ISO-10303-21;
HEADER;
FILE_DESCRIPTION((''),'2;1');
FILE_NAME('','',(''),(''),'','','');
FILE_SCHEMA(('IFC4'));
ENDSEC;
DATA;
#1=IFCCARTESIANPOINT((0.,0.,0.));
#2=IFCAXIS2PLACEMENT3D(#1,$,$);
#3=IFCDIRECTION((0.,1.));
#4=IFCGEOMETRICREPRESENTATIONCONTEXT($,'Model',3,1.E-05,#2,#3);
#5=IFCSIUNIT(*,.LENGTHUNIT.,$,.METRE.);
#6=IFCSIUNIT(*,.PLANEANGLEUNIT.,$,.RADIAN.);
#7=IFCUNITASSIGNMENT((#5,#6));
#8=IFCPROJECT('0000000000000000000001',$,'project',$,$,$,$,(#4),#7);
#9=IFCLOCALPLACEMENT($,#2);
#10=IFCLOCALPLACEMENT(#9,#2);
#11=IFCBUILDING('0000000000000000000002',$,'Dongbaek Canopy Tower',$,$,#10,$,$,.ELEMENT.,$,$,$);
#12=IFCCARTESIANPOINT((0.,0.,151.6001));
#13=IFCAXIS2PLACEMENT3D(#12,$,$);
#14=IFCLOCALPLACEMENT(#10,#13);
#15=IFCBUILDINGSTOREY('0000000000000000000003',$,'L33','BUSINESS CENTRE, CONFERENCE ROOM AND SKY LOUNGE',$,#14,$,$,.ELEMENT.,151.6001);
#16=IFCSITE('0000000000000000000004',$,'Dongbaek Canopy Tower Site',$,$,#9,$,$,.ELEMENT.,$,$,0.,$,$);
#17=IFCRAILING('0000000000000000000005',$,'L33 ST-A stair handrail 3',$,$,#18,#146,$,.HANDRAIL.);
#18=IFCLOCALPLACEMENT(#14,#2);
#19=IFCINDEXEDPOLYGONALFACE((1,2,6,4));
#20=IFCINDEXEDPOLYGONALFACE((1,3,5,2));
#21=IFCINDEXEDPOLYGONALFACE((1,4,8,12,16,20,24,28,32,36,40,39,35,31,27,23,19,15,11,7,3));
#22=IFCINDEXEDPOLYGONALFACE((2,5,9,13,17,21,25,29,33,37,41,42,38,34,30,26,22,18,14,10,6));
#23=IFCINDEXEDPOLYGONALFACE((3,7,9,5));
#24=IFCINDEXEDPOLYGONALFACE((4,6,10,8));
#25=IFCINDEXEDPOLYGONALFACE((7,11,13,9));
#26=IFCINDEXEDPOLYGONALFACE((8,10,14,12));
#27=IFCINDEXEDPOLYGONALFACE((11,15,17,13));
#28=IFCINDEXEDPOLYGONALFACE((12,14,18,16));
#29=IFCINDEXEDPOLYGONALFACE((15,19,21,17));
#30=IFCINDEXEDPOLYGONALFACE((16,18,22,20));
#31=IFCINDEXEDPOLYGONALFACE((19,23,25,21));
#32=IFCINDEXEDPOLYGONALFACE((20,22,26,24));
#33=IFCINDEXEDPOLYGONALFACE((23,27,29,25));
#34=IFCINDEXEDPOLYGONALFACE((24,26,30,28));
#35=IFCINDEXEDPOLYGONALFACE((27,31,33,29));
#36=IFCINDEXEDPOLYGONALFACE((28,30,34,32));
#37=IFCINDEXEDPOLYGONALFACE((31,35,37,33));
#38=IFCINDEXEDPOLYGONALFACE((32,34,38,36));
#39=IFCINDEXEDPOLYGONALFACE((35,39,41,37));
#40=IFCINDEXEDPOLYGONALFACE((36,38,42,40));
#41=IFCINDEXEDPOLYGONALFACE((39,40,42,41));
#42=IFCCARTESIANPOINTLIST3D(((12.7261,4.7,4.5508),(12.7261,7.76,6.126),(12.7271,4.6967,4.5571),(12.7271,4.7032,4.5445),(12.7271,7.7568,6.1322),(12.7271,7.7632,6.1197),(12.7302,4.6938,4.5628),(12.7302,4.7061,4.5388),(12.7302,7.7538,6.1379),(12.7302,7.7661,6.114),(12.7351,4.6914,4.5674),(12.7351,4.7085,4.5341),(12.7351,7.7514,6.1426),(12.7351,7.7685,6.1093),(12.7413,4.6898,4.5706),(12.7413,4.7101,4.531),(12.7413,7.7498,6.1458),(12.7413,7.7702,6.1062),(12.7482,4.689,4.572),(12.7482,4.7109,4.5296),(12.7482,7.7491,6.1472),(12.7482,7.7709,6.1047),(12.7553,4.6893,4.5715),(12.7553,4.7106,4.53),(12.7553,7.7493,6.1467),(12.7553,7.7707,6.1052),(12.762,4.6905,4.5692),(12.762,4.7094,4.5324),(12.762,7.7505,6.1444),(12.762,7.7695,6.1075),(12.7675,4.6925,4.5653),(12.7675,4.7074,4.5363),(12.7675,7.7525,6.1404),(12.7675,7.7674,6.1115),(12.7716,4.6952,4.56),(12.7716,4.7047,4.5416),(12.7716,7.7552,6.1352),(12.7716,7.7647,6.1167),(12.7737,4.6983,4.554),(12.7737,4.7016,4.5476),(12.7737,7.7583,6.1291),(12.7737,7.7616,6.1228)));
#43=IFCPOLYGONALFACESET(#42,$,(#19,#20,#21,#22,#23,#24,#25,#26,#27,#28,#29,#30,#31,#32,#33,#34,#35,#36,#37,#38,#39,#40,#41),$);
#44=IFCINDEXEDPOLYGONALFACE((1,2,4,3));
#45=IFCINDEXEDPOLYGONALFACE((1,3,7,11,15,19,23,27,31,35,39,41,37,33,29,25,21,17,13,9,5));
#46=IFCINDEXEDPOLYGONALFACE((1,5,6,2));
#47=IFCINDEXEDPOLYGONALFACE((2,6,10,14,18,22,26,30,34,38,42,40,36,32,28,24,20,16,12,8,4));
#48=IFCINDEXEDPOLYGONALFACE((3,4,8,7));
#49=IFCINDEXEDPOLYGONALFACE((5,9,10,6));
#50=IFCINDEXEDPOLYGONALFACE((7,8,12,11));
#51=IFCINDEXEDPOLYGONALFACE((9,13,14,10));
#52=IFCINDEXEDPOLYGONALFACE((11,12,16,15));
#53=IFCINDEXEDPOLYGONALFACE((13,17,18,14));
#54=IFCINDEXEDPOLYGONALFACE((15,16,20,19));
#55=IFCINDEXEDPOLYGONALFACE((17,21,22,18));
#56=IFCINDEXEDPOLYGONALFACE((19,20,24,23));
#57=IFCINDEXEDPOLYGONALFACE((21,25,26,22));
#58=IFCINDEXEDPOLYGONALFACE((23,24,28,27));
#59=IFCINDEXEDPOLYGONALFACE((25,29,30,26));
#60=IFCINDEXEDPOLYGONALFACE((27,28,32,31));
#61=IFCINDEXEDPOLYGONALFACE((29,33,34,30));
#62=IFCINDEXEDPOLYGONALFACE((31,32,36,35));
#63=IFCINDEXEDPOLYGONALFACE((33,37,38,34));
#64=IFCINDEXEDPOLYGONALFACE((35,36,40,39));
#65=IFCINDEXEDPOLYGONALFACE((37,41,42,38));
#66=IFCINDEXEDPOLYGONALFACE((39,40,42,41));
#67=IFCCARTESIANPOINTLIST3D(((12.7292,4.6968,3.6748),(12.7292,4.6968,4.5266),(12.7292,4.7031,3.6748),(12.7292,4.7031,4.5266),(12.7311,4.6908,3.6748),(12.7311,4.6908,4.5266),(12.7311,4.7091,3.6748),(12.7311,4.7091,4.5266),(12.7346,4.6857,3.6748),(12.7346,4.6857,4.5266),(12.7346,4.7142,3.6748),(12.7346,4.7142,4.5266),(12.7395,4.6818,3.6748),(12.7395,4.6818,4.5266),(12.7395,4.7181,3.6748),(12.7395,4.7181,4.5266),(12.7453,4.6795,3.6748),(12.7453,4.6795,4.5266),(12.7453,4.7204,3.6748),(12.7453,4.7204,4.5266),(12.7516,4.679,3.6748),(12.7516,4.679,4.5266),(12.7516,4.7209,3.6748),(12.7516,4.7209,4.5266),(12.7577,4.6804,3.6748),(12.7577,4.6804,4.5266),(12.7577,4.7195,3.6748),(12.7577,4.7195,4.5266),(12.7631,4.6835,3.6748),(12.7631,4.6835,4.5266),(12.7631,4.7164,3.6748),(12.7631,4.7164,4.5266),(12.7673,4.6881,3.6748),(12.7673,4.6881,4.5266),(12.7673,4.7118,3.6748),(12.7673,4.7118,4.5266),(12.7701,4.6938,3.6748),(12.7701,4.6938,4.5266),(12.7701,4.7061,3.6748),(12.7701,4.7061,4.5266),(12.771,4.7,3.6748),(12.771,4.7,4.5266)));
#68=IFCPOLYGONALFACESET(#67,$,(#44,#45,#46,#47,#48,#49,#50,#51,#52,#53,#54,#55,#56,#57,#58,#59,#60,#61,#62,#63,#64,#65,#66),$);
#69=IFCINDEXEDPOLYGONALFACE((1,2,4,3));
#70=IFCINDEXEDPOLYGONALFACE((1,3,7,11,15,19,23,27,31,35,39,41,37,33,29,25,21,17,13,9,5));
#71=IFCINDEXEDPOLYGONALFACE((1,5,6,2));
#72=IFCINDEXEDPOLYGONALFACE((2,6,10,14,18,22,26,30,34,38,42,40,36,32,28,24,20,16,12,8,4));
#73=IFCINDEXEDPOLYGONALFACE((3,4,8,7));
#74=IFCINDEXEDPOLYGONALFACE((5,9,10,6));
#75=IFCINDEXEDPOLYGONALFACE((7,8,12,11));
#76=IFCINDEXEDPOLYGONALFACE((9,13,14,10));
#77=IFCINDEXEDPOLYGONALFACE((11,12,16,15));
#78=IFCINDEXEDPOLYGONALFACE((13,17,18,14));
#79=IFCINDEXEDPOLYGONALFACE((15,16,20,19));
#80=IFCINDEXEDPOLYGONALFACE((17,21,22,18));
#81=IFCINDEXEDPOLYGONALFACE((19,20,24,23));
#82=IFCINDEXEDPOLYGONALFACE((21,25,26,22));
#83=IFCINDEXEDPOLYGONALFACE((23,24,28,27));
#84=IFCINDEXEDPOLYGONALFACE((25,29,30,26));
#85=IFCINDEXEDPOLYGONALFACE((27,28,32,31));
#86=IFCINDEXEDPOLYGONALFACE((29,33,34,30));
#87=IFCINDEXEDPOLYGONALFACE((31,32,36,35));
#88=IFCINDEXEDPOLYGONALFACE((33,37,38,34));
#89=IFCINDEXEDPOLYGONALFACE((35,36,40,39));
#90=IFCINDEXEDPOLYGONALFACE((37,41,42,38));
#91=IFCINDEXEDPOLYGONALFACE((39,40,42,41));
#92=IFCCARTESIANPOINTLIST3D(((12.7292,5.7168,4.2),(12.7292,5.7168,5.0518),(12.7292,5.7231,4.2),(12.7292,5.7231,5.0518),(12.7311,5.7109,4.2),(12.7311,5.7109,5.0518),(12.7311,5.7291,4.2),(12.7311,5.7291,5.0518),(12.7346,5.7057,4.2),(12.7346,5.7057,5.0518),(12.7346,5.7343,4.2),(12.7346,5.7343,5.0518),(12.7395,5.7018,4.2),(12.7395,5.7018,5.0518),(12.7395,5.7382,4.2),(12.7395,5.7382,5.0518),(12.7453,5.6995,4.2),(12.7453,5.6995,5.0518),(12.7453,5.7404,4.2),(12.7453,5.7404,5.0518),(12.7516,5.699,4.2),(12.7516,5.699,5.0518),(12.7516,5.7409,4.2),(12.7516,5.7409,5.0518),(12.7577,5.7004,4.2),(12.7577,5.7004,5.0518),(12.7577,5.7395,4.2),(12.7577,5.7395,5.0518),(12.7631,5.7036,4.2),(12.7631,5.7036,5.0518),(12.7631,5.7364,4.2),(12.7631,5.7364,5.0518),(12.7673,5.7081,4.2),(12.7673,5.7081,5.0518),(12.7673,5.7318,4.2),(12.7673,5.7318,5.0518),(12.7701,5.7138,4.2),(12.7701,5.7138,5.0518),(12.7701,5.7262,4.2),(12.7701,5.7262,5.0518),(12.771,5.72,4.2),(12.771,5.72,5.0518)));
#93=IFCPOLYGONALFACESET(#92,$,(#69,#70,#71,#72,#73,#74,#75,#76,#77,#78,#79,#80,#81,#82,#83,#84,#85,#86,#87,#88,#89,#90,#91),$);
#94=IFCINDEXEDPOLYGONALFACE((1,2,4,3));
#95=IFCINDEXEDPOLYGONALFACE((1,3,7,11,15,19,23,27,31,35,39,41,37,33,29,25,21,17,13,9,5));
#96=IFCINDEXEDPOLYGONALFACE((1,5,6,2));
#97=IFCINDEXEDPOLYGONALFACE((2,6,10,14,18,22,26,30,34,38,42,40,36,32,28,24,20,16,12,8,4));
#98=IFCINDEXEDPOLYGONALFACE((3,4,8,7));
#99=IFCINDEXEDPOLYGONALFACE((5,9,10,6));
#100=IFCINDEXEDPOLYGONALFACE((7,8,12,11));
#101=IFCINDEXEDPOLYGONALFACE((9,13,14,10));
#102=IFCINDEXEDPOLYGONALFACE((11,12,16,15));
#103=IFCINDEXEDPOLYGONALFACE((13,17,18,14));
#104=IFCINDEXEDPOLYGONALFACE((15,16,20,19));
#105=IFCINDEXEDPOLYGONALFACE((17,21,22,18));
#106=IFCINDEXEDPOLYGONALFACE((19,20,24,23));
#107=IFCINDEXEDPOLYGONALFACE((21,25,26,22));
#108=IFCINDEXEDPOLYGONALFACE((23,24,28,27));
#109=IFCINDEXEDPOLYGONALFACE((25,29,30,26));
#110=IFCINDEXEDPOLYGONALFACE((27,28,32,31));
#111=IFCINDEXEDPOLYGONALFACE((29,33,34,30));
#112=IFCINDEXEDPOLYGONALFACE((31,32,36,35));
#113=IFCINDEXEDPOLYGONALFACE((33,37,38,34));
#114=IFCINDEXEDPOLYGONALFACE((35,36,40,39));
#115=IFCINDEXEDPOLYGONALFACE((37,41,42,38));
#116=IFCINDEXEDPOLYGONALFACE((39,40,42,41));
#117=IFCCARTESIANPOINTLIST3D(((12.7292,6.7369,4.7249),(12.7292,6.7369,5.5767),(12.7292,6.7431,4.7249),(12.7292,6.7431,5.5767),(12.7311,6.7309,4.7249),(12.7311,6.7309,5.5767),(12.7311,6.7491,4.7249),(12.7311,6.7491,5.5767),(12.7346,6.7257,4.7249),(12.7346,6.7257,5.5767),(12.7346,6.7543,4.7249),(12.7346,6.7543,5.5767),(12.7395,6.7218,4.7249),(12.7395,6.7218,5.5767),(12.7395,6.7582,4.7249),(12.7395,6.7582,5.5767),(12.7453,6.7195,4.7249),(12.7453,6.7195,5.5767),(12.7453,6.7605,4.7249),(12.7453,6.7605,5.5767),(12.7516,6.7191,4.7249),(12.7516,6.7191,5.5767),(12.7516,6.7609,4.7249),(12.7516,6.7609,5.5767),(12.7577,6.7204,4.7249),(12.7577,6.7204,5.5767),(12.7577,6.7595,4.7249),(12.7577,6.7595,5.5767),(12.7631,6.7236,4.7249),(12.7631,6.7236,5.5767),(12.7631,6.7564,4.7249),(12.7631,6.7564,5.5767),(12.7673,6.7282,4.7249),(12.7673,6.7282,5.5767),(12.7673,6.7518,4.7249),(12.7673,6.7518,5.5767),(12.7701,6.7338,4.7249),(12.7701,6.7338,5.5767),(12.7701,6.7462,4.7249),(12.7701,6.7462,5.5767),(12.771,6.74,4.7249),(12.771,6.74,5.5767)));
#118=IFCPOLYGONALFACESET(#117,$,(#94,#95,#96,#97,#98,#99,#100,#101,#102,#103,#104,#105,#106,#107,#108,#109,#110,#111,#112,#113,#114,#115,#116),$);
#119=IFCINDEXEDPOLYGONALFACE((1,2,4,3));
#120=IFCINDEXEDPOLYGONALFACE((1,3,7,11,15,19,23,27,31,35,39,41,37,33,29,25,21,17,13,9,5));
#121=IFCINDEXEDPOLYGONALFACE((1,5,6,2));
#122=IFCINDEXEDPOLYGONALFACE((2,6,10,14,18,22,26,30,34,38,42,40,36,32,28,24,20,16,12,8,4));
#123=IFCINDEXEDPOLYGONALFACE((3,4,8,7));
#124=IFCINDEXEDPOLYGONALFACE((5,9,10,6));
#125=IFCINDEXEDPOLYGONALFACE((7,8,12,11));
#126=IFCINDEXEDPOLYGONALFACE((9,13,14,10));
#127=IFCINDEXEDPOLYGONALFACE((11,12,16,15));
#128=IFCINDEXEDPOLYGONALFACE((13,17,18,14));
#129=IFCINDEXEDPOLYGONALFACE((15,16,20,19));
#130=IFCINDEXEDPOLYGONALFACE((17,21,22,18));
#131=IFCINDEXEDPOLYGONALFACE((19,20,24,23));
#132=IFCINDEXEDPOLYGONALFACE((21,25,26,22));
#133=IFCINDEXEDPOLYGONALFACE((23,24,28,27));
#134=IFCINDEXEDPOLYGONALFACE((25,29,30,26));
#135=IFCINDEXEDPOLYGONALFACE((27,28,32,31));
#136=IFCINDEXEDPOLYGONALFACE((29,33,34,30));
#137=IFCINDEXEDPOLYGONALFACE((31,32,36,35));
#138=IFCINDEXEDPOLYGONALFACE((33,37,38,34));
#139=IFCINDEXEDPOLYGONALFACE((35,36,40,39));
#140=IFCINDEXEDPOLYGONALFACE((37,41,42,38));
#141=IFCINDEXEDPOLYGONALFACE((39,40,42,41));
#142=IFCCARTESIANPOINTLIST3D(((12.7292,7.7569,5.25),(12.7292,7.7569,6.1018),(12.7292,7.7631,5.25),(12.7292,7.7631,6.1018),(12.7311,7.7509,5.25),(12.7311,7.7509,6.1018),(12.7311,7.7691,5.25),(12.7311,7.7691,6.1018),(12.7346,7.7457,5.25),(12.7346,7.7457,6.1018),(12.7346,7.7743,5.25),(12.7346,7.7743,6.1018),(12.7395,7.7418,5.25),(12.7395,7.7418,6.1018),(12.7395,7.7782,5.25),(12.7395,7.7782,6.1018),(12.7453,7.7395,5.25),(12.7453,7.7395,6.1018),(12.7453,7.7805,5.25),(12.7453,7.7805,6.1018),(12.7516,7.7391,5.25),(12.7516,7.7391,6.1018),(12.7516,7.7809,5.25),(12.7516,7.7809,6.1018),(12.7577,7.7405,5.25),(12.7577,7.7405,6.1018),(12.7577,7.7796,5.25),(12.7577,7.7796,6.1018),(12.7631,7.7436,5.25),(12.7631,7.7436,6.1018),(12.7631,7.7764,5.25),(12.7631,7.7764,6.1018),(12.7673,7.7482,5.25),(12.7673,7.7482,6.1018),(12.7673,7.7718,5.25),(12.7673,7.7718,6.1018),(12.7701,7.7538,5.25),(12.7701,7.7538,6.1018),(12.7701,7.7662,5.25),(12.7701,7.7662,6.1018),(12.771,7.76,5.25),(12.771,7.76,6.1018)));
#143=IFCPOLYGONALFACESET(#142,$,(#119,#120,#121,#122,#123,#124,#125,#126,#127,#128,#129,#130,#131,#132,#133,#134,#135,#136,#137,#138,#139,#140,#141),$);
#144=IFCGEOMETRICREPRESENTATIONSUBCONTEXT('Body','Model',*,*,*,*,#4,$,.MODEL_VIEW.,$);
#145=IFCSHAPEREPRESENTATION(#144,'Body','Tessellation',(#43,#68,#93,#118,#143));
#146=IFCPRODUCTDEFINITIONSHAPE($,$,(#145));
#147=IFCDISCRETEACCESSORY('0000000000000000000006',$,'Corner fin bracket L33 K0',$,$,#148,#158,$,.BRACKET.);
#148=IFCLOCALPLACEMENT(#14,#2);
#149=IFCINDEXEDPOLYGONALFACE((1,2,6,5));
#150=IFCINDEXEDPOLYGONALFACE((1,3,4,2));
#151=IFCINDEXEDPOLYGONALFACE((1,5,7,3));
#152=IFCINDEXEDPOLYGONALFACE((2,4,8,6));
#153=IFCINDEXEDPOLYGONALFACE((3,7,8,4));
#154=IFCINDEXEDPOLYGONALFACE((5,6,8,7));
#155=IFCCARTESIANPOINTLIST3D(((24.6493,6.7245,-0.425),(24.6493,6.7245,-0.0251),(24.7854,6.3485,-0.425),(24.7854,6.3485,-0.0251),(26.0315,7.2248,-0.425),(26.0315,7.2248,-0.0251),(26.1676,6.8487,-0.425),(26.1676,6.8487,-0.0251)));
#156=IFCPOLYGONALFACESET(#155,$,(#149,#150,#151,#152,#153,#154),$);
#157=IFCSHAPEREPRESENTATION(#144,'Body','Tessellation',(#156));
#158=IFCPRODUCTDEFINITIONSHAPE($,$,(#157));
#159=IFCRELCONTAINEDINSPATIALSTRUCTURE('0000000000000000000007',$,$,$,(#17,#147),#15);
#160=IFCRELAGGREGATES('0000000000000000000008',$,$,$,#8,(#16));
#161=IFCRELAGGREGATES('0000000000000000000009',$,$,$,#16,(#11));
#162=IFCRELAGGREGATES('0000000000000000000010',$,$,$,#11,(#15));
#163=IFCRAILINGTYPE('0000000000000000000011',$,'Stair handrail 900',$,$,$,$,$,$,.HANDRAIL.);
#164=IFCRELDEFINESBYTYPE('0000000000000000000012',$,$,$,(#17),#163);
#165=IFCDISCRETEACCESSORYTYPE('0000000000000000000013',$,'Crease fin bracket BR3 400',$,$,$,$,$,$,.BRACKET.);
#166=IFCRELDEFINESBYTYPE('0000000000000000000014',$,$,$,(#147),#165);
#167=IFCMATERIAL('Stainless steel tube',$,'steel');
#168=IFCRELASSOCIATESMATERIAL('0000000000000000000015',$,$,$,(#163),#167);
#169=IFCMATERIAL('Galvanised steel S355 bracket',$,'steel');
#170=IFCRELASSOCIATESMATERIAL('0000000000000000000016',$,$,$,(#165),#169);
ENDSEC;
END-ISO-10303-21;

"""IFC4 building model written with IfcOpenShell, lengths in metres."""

from ifc_helpers import new_model, si_unit, direction, frame, origin, origin_2d, place, context, subcontext, project, spatial, rectangle, circle, extrude, material, type_object, element, save


model = new_model("IFC4")

# Units and contexts
model_context = context("Model", 3, precision=1e-05, world=origin(), true_north=direction((0.0, 1.0)))
body_context = subcontext(model_context, "Body", "Model", "MODEL_VIEW")
ifc_project = project(units=[si_unit("LENGTHUNIT", "METRE"), si_unit("PLANEANGLEUNIT", "RADIAN")], contexts=[model_context])

# Site, building, storey
site_placement = place(None, origin())
site = spatial("IfcSite", under=ifc_project, at=site_placement, Name="Dongbaek Canopy Tower Site", CompositionType="ELEMENT", RefElevation=0.0)
building_placement = place(site_placement, origin())
building = spatial("IfcBuilding", under=site, at=building_placement, Name="Dongbaek Canopy Tower", CompositionType="ELEMENT")
storey_placement = place(building_placement, frame((0.0, 0.0, 151.6001)))
storey = spatial("IfcBuildingStorey", under=building, at=storey_placement, Name="L33", Description="BUSINESS CENTRE, CONFERENCE ROOM AND SKY LOUNGE", CompositionType="ELEMENT", Elevation=151.6001)

# Railing
ifc_material_1 = material(Name="Stainless steel tube", Category="steel")
railing_type = type_object("IfcRailingType", Name="Stair handrail 900", PredefinedType="HANDRAIL", material=ifc_material_1)
for number, where, name in (
    (1, (12.75, 4.7, 3.6748), "L33 ST-A stair handrail 3"),
):
    element("IfcRailing", number, at=place(storey_placement, frame(where)), inside=storey, type_object=railing_type, Name=name, PredefinedType="HANDRAIL", context=body_context, shape_type="SweptSolid", body=[
        extrude(circle(Radius=0.0239, at=origin_2d()), frame((0.0, 0.0, 0.876), z_axis=(0.0, 0.889116, 0.457681), x_axis=(-1.0, 0.0, 0.0)), (0.0, 0.0, 1.0), 3.4417),
        extrude(circle(Radius=0.021, at=origin_2d()), origin(), (0.0, 0.0, 1.0), 0.8518),
        extrude(circle(Radius=0.021, at=origin_2d()), frame((0.0, 1.02, 0.5251)), (0.0, 0.0, 1.0), 0.8518),
        extrude(circle(Radius=0.021, at=origin_2d()), frame((0.0, 2.04, 1.05)), (0.0, 0.0, 1.0), 0.8518),
        extrude(circle(Radius=0.021, at=origin_2d()), frame((0.0, 3.0601, 1.5752)), (0.0, 0.0, 1.0), 0.8518),
    ])

# Discrete accessory
ifc_material_2 = material(Name="Galvanised steel S355 bracket", Category="steel")
discrete_accessory_type = type_object("IfcDiscreteAccessoryType", Name="Crease fin bracket BR3 400", PredefinedType="BRACKET", material=ifc_material_2)
discrete_accessory_placement = place(storey_placement, frame((25.4084, 6.7866, -0.425), z_axis=(0.0, 0.0, 1.0), x_axis=(0.940317, 0.340299, 0.0)))
element("IfcDiscreteAccessory", 2, at=discrete_accessory_placement, inside=storey, type_object=discrete_accessory_type, Name="Corner fin bracket L33 K0", PredefinedType="BRACKET", context=body_context, shape_type="SweptSolid", body=[
    extrude(rectangle(XDim=1.47, YDim=0.3999, at=origin_2d()), origin(), (0.0, 0.0, 1.0), 0.3999),
])

save(model, "model.ifc")
